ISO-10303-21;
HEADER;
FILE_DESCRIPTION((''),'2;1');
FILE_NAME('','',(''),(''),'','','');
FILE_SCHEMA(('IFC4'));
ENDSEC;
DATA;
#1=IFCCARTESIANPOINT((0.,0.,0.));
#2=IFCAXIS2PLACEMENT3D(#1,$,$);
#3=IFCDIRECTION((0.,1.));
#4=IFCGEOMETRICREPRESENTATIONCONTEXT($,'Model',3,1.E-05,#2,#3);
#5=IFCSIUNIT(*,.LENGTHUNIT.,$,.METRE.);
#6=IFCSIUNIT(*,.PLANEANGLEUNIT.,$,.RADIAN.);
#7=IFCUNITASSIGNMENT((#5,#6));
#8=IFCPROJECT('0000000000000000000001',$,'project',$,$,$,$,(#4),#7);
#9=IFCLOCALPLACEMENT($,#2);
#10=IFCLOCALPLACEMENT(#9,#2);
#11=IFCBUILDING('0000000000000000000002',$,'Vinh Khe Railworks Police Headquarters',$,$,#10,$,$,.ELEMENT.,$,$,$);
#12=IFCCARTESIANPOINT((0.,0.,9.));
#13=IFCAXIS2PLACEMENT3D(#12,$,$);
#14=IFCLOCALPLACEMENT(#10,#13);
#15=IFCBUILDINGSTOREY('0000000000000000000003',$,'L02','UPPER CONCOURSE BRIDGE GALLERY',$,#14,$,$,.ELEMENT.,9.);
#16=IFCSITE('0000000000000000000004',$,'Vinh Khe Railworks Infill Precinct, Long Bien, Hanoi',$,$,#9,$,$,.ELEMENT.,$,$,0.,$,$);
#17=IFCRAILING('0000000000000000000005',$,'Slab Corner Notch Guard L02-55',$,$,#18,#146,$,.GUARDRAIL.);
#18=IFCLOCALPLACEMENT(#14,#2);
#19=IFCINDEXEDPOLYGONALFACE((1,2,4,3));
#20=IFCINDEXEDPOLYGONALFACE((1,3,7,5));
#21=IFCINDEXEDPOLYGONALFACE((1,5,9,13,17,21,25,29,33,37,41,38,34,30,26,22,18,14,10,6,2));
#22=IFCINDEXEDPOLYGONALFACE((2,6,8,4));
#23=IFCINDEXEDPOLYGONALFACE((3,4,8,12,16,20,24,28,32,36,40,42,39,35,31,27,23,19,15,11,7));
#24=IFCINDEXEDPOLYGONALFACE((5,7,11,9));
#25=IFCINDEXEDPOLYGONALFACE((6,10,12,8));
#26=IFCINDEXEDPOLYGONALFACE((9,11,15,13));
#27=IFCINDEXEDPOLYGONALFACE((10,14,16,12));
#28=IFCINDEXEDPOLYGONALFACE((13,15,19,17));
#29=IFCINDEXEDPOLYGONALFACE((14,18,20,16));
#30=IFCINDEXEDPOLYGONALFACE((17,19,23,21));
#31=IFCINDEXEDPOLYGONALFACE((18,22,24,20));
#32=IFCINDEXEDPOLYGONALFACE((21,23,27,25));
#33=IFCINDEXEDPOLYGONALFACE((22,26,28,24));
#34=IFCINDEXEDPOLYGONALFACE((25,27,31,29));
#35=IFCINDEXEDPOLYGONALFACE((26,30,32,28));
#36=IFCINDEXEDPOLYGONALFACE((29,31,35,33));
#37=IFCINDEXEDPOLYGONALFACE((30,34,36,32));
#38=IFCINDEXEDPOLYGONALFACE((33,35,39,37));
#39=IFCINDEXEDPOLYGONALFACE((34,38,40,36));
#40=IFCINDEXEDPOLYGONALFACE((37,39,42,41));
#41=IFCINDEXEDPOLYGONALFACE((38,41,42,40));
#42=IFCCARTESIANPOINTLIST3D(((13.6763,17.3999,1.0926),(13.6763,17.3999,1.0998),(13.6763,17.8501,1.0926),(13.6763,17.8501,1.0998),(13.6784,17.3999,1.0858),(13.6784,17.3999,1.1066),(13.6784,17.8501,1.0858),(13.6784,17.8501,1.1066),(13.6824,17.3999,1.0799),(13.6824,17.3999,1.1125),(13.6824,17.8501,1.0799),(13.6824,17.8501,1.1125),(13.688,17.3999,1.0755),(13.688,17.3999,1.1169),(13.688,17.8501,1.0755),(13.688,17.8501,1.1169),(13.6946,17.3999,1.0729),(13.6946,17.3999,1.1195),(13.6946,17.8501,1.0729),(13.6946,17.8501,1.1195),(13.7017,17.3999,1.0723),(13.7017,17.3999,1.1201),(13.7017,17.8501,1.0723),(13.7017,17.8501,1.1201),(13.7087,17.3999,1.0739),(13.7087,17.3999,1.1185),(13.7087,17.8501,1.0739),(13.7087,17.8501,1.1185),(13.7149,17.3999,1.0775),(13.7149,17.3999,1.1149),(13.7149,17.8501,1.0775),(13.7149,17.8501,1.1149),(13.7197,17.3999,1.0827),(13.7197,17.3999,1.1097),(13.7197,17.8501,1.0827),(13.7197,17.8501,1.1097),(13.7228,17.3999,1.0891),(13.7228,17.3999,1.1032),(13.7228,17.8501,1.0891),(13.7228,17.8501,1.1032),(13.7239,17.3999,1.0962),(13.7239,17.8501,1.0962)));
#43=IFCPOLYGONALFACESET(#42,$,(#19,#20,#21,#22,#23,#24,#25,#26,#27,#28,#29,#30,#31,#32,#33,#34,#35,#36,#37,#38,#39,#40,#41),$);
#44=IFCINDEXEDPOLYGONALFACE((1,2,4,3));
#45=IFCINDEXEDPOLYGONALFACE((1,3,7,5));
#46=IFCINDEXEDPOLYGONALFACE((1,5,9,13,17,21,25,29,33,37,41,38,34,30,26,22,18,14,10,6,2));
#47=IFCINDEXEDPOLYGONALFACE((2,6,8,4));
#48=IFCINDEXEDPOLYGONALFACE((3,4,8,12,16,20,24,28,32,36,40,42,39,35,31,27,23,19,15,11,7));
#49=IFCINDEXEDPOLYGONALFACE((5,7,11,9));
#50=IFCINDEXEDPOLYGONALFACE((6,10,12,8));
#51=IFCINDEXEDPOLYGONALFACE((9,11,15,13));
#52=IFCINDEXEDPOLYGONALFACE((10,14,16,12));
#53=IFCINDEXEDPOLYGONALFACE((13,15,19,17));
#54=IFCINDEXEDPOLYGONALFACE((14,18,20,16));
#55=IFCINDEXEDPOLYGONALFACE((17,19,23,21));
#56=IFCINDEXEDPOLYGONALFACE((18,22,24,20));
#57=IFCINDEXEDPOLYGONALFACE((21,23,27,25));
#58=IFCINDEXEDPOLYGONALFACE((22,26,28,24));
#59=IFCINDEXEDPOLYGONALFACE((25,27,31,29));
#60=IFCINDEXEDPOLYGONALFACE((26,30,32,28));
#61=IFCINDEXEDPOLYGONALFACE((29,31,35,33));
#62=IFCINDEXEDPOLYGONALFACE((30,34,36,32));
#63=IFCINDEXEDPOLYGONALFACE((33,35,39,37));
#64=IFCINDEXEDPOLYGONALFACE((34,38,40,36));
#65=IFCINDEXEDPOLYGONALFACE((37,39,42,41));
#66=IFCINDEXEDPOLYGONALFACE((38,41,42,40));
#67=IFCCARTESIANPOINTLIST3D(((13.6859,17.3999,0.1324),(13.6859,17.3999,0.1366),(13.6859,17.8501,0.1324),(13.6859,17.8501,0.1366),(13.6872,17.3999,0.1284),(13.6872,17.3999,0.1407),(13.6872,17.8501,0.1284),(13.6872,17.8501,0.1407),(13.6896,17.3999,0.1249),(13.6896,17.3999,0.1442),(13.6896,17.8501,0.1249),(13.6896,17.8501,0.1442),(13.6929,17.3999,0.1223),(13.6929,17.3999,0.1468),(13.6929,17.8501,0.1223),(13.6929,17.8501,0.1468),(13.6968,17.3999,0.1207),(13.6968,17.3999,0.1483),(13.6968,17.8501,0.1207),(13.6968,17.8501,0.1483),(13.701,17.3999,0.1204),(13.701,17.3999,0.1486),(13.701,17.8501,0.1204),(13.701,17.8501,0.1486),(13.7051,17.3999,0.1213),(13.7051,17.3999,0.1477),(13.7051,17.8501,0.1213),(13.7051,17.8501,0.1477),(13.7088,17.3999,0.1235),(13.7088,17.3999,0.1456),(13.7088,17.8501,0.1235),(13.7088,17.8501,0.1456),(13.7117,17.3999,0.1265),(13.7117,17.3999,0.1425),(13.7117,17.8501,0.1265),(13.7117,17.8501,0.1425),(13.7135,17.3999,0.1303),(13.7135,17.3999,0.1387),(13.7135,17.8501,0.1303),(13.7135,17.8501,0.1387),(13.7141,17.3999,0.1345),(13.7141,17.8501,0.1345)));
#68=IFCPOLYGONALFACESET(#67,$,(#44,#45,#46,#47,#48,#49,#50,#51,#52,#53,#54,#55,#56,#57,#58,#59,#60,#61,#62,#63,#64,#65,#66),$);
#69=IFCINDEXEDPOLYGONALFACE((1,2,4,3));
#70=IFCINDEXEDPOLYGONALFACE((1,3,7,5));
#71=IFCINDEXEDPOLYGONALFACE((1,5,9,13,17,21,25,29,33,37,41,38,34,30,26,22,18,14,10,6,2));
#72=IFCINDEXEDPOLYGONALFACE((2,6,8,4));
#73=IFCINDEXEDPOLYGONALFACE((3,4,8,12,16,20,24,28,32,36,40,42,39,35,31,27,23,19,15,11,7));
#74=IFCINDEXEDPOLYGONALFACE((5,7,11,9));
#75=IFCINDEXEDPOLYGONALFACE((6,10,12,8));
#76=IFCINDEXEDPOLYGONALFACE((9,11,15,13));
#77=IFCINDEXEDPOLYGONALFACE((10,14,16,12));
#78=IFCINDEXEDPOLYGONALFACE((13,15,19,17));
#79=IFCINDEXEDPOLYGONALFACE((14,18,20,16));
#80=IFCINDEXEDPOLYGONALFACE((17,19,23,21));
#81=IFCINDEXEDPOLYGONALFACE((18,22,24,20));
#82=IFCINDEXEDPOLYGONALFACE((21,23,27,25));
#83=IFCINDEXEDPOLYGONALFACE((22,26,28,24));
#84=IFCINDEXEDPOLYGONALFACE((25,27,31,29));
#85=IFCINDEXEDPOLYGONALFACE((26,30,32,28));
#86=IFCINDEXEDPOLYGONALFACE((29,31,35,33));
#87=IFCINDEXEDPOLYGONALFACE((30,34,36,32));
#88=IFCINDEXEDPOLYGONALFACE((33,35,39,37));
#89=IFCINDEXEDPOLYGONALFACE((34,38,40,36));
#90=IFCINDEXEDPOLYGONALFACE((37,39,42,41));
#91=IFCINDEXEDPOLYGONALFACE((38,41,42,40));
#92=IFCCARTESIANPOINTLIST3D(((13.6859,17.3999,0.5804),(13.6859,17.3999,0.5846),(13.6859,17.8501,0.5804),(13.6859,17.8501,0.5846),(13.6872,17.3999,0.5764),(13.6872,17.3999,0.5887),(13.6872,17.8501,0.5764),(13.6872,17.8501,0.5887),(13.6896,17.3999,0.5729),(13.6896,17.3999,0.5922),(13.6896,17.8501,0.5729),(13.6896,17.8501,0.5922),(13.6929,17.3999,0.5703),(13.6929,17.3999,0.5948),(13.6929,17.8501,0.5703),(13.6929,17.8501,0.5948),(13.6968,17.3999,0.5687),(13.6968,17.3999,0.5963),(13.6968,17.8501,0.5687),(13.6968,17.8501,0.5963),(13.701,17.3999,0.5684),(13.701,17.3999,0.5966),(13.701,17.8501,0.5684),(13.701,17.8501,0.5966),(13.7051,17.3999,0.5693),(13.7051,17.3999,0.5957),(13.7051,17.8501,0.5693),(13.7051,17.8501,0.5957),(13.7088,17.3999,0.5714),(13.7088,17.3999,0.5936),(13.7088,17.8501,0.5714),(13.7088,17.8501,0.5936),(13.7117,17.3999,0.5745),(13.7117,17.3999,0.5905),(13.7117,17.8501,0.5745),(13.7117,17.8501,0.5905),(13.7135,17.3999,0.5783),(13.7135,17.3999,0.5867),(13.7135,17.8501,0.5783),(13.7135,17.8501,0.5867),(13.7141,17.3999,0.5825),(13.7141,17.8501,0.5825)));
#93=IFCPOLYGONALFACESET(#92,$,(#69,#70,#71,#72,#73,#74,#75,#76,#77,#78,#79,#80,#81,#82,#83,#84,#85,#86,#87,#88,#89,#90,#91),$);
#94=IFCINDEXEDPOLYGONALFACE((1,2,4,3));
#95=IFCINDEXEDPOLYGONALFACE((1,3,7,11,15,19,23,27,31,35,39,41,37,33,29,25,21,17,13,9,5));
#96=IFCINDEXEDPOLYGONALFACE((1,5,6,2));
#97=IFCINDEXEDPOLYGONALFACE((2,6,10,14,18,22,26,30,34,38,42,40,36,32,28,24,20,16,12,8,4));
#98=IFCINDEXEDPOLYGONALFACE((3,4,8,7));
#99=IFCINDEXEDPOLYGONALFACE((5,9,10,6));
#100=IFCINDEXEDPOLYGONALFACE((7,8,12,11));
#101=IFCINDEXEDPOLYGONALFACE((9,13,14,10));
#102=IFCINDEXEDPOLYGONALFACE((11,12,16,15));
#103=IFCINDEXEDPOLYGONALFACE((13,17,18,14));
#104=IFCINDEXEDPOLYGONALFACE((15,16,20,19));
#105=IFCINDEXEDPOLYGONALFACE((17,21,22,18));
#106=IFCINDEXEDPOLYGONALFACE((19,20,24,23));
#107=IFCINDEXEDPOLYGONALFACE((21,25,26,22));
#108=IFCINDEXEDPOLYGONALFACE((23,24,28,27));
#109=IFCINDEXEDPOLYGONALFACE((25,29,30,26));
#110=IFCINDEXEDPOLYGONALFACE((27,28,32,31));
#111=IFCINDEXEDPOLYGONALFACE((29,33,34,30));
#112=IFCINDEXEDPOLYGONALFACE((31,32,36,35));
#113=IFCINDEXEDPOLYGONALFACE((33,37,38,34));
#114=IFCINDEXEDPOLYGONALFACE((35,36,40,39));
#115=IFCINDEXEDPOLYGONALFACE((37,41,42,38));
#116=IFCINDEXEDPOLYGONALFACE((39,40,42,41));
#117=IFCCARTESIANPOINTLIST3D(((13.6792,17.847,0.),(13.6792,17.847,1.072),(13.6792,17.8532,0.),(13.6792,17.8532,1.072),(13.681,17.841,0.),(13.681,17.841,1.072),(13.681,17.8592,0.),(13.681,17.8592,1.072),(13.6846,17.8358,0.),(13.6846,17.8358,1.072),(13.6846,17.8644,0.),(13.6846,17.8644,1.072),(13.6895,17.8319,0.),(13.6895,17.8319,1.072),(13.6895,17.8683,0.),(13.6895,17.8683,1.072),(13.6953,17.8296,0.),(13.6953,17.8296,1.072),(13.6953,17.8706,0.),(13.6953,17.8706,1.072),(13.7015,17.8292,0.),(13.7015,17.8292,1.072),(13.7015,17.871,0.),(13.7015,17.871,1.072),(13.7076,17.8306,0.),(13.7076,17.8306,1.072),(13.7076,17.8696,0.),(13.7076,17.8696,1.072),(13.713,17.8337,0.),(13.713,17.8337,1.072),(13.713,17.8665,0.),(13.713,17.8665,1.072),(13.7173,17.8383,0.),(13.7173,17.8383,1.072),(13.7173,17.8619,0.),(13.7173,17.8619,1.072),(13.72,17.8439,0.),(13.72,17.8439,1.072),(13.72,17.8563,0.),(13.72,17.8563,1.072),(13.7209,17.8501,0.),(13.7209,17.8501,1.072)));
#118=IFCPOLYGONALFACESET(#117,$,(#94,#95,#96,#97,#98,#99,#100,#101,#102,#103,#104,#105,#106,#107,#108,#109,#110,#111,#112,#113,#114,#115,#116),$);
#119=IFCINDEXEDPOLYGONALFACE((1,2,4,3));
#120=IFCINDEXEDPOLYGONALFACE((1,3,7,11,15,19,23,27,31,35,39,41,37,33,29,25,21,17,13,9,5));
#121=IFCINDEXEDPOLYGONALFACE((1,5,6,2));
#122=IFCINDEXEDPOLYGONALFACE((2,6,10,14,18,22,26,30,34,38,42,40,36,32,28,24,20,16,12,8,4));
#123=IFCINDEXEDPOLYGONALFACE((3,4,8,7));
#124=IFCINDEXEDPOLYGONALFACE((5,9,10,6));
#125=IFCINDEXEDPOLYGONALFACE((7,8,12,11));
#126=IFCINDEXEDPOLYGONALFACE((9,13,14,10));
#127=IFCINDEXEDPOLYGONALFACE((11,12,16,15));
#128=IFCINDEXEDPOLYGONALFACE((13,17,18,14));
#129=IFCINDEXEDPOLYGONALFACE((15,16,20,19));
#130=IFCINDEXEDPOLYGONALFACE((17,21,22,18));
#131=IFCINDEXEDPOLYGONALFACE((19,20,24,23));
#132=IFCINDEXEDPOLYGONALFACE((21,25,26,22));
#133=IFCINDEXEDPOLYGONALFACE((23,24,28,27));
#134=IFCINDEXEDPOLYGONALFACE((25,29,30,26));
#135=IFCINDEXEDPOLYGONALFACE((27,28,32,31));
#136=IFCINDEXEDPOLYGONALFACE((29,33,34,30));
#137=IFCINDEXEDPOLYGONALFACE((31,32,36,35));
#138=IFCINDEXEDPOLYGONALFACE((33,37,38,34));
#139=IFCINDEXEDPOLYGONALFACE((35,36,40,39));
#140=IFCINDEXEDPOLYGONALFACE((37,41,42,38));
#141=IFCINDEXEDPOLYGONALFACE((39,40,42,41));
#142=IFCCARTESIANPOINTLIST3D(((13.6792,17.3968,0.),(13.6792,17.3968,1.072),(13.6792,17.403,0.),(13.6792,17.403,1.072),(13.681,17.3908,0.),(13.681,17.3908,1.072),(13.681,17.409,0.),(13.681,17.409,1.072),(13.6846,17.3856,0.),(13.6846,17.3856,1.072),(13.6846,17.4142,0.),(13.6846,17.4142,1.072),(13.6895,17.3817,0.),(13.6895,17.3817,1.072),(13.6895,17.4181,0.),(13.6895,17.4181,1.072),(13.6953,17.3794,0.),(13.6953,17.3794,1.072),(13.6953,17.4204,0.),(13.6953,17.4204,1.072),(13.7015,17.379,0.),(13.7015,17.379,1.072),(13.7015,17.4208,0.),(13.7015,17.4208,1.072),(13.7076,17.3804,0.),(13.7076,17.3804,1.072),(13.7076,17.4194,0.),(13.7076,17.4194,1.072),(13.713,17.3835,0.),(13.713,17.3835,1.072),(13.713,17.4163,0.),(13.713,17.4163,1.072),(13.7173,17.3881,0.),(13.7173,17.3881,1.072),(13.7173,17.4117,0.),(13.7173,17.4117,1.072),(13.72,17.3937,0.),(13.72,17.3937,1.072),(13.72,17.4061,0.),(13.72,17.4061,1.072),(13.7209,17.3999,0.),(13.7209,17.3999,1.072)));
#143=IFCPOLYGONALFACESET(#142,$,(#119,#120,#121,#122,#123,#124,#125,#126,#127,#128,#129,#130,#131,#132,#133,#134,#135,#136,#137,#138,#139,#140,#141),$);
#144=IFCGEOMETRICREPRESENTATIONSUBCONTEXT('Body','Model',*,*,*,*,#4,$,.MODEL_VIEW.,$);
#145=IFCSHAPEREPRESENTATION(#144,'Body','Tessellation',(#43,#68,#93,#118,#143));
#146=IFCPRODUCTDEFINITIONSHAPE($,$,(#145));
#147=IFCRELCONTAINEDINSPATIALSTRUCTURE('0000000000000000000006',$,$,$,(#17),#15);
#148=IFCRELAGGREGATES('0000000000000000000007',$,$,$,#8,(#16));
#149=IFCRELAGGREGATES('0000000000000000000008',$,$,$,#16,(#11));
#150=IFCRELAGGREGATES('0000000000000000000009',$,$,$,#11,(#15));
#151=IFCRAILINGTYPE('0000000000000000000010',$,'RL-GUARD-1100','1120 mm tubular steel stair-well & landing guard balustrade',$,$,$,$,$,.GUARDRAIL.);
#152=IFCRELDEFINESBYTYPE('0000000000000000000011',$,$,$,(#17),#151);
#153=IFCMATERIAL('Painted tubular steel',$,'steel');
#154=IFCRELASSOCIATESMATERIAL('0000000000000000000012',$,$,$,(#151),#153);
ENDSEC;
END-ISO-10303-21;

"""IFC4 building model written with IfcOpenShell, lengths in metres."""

from ifc_helpers import new_model, si_unit, direction, frame, origin, origin_2d, place, context, subcontext, project, spatial, circle, extrude, material, type_object, element, save


model = new_model("IFC4")

# Units and contexts
model_context = context("Model", 3, precision=1e-05, world=origin(), true_north=direction((0.0, 1.0)))
body_context = subcontext(model_context, "Body", "Model", "MODEL_VIEW")
ifc_project = project(units=[si_unit("LENGTHUNIT", "METRE"), si_unit("PLANEANGLEUNIT", "RADIAN")], contexts=[model_context])

# Site, building, storey
site_placement = place(None, origin())
site = spatial("IfcSite", under=ifc_project, at=site_placement, Name="Vinh Khe Railworks Infill Precinct, Long Bien, Hanoi", CompositionType="ELEMENT", RefElevation=0.0)
building_placement = place(site_placement, origin())
building = spatial("IfcBuilding", under=site, at=building_placement, Name="Vinh Khe Railworks Police Headquarters", CompositionType="ELEMENT")
storey_placement = place(building_placement, frame((0.0, 0.0, 9.0)))
storey = spatial("IfcBuildingStorey", under=building, at=storey_placement, Name="L02", Description="UPPER CONCOURSE BRIDGE GALLERY", CompositionType="ELEMENT", Elevation=9.0)

# Railing
ifc_material_1 = material(Name="Painted tubular steel", Category="steel")
railing_type_1 = type_object("IfcRailingType", Name="RL-GUARD-1100", Description="1120 mm tubular steel stair-well & landing guard balustrade", PredefinedType="GUARDRAIL", material=ifc_material_1)
railing_1_placement = place(storey_placement, frame((13.7, 17.8501, 0.0)))
element("IfcRailing", 1, at=railing_1_placement, inside=storey, type_object=railing_type_1, Name="Slab Corner Notch Guard L02-55", PredefinedType="GUARDRAIL", context=body_context, shape_type="SweptSolid", body=[
    extrude(circle(Radius=0.0239, at=origin_2d()), frame((0.0, 0.0, 1.0962), z_axis=(0.0, -1.0, 0.0), x_axis=(1.0, 0.0, 0.0)), (0.0, 0.0, 1.0), 0.4502),
    extrude(circle(Radius=0.0142, at=origin_2d()), frame((0.0, 0.0, 0.1345), z_axis=(0.0, -1.0, 0.0), x_axis=(1.0, 0.0, 0.0)), (0.0, 0.0, 1.0), 0.4502),
    extrude(circle(Radius=0.0142, at=origin_2d()), frame((0.0, 0.0, 0.5825), z_axis=(0.0, -1.0, 0.0), x_axis=(1.0, 0.0, 0.0)), (0.0, 0.0, 1.0), 0.4502),
    extrude(circle(Radius=0.021, at=origin_2d()), origin(), (0.0, 0.0, 1.0), 1.072),
    extrude(circle(Radius=0.021, at=origin_2d()), frame((0.0, -0.4502, 0.0)), (0.0, 0.0, 1.0), 1.072),
])

save(model, "model.ifc")
